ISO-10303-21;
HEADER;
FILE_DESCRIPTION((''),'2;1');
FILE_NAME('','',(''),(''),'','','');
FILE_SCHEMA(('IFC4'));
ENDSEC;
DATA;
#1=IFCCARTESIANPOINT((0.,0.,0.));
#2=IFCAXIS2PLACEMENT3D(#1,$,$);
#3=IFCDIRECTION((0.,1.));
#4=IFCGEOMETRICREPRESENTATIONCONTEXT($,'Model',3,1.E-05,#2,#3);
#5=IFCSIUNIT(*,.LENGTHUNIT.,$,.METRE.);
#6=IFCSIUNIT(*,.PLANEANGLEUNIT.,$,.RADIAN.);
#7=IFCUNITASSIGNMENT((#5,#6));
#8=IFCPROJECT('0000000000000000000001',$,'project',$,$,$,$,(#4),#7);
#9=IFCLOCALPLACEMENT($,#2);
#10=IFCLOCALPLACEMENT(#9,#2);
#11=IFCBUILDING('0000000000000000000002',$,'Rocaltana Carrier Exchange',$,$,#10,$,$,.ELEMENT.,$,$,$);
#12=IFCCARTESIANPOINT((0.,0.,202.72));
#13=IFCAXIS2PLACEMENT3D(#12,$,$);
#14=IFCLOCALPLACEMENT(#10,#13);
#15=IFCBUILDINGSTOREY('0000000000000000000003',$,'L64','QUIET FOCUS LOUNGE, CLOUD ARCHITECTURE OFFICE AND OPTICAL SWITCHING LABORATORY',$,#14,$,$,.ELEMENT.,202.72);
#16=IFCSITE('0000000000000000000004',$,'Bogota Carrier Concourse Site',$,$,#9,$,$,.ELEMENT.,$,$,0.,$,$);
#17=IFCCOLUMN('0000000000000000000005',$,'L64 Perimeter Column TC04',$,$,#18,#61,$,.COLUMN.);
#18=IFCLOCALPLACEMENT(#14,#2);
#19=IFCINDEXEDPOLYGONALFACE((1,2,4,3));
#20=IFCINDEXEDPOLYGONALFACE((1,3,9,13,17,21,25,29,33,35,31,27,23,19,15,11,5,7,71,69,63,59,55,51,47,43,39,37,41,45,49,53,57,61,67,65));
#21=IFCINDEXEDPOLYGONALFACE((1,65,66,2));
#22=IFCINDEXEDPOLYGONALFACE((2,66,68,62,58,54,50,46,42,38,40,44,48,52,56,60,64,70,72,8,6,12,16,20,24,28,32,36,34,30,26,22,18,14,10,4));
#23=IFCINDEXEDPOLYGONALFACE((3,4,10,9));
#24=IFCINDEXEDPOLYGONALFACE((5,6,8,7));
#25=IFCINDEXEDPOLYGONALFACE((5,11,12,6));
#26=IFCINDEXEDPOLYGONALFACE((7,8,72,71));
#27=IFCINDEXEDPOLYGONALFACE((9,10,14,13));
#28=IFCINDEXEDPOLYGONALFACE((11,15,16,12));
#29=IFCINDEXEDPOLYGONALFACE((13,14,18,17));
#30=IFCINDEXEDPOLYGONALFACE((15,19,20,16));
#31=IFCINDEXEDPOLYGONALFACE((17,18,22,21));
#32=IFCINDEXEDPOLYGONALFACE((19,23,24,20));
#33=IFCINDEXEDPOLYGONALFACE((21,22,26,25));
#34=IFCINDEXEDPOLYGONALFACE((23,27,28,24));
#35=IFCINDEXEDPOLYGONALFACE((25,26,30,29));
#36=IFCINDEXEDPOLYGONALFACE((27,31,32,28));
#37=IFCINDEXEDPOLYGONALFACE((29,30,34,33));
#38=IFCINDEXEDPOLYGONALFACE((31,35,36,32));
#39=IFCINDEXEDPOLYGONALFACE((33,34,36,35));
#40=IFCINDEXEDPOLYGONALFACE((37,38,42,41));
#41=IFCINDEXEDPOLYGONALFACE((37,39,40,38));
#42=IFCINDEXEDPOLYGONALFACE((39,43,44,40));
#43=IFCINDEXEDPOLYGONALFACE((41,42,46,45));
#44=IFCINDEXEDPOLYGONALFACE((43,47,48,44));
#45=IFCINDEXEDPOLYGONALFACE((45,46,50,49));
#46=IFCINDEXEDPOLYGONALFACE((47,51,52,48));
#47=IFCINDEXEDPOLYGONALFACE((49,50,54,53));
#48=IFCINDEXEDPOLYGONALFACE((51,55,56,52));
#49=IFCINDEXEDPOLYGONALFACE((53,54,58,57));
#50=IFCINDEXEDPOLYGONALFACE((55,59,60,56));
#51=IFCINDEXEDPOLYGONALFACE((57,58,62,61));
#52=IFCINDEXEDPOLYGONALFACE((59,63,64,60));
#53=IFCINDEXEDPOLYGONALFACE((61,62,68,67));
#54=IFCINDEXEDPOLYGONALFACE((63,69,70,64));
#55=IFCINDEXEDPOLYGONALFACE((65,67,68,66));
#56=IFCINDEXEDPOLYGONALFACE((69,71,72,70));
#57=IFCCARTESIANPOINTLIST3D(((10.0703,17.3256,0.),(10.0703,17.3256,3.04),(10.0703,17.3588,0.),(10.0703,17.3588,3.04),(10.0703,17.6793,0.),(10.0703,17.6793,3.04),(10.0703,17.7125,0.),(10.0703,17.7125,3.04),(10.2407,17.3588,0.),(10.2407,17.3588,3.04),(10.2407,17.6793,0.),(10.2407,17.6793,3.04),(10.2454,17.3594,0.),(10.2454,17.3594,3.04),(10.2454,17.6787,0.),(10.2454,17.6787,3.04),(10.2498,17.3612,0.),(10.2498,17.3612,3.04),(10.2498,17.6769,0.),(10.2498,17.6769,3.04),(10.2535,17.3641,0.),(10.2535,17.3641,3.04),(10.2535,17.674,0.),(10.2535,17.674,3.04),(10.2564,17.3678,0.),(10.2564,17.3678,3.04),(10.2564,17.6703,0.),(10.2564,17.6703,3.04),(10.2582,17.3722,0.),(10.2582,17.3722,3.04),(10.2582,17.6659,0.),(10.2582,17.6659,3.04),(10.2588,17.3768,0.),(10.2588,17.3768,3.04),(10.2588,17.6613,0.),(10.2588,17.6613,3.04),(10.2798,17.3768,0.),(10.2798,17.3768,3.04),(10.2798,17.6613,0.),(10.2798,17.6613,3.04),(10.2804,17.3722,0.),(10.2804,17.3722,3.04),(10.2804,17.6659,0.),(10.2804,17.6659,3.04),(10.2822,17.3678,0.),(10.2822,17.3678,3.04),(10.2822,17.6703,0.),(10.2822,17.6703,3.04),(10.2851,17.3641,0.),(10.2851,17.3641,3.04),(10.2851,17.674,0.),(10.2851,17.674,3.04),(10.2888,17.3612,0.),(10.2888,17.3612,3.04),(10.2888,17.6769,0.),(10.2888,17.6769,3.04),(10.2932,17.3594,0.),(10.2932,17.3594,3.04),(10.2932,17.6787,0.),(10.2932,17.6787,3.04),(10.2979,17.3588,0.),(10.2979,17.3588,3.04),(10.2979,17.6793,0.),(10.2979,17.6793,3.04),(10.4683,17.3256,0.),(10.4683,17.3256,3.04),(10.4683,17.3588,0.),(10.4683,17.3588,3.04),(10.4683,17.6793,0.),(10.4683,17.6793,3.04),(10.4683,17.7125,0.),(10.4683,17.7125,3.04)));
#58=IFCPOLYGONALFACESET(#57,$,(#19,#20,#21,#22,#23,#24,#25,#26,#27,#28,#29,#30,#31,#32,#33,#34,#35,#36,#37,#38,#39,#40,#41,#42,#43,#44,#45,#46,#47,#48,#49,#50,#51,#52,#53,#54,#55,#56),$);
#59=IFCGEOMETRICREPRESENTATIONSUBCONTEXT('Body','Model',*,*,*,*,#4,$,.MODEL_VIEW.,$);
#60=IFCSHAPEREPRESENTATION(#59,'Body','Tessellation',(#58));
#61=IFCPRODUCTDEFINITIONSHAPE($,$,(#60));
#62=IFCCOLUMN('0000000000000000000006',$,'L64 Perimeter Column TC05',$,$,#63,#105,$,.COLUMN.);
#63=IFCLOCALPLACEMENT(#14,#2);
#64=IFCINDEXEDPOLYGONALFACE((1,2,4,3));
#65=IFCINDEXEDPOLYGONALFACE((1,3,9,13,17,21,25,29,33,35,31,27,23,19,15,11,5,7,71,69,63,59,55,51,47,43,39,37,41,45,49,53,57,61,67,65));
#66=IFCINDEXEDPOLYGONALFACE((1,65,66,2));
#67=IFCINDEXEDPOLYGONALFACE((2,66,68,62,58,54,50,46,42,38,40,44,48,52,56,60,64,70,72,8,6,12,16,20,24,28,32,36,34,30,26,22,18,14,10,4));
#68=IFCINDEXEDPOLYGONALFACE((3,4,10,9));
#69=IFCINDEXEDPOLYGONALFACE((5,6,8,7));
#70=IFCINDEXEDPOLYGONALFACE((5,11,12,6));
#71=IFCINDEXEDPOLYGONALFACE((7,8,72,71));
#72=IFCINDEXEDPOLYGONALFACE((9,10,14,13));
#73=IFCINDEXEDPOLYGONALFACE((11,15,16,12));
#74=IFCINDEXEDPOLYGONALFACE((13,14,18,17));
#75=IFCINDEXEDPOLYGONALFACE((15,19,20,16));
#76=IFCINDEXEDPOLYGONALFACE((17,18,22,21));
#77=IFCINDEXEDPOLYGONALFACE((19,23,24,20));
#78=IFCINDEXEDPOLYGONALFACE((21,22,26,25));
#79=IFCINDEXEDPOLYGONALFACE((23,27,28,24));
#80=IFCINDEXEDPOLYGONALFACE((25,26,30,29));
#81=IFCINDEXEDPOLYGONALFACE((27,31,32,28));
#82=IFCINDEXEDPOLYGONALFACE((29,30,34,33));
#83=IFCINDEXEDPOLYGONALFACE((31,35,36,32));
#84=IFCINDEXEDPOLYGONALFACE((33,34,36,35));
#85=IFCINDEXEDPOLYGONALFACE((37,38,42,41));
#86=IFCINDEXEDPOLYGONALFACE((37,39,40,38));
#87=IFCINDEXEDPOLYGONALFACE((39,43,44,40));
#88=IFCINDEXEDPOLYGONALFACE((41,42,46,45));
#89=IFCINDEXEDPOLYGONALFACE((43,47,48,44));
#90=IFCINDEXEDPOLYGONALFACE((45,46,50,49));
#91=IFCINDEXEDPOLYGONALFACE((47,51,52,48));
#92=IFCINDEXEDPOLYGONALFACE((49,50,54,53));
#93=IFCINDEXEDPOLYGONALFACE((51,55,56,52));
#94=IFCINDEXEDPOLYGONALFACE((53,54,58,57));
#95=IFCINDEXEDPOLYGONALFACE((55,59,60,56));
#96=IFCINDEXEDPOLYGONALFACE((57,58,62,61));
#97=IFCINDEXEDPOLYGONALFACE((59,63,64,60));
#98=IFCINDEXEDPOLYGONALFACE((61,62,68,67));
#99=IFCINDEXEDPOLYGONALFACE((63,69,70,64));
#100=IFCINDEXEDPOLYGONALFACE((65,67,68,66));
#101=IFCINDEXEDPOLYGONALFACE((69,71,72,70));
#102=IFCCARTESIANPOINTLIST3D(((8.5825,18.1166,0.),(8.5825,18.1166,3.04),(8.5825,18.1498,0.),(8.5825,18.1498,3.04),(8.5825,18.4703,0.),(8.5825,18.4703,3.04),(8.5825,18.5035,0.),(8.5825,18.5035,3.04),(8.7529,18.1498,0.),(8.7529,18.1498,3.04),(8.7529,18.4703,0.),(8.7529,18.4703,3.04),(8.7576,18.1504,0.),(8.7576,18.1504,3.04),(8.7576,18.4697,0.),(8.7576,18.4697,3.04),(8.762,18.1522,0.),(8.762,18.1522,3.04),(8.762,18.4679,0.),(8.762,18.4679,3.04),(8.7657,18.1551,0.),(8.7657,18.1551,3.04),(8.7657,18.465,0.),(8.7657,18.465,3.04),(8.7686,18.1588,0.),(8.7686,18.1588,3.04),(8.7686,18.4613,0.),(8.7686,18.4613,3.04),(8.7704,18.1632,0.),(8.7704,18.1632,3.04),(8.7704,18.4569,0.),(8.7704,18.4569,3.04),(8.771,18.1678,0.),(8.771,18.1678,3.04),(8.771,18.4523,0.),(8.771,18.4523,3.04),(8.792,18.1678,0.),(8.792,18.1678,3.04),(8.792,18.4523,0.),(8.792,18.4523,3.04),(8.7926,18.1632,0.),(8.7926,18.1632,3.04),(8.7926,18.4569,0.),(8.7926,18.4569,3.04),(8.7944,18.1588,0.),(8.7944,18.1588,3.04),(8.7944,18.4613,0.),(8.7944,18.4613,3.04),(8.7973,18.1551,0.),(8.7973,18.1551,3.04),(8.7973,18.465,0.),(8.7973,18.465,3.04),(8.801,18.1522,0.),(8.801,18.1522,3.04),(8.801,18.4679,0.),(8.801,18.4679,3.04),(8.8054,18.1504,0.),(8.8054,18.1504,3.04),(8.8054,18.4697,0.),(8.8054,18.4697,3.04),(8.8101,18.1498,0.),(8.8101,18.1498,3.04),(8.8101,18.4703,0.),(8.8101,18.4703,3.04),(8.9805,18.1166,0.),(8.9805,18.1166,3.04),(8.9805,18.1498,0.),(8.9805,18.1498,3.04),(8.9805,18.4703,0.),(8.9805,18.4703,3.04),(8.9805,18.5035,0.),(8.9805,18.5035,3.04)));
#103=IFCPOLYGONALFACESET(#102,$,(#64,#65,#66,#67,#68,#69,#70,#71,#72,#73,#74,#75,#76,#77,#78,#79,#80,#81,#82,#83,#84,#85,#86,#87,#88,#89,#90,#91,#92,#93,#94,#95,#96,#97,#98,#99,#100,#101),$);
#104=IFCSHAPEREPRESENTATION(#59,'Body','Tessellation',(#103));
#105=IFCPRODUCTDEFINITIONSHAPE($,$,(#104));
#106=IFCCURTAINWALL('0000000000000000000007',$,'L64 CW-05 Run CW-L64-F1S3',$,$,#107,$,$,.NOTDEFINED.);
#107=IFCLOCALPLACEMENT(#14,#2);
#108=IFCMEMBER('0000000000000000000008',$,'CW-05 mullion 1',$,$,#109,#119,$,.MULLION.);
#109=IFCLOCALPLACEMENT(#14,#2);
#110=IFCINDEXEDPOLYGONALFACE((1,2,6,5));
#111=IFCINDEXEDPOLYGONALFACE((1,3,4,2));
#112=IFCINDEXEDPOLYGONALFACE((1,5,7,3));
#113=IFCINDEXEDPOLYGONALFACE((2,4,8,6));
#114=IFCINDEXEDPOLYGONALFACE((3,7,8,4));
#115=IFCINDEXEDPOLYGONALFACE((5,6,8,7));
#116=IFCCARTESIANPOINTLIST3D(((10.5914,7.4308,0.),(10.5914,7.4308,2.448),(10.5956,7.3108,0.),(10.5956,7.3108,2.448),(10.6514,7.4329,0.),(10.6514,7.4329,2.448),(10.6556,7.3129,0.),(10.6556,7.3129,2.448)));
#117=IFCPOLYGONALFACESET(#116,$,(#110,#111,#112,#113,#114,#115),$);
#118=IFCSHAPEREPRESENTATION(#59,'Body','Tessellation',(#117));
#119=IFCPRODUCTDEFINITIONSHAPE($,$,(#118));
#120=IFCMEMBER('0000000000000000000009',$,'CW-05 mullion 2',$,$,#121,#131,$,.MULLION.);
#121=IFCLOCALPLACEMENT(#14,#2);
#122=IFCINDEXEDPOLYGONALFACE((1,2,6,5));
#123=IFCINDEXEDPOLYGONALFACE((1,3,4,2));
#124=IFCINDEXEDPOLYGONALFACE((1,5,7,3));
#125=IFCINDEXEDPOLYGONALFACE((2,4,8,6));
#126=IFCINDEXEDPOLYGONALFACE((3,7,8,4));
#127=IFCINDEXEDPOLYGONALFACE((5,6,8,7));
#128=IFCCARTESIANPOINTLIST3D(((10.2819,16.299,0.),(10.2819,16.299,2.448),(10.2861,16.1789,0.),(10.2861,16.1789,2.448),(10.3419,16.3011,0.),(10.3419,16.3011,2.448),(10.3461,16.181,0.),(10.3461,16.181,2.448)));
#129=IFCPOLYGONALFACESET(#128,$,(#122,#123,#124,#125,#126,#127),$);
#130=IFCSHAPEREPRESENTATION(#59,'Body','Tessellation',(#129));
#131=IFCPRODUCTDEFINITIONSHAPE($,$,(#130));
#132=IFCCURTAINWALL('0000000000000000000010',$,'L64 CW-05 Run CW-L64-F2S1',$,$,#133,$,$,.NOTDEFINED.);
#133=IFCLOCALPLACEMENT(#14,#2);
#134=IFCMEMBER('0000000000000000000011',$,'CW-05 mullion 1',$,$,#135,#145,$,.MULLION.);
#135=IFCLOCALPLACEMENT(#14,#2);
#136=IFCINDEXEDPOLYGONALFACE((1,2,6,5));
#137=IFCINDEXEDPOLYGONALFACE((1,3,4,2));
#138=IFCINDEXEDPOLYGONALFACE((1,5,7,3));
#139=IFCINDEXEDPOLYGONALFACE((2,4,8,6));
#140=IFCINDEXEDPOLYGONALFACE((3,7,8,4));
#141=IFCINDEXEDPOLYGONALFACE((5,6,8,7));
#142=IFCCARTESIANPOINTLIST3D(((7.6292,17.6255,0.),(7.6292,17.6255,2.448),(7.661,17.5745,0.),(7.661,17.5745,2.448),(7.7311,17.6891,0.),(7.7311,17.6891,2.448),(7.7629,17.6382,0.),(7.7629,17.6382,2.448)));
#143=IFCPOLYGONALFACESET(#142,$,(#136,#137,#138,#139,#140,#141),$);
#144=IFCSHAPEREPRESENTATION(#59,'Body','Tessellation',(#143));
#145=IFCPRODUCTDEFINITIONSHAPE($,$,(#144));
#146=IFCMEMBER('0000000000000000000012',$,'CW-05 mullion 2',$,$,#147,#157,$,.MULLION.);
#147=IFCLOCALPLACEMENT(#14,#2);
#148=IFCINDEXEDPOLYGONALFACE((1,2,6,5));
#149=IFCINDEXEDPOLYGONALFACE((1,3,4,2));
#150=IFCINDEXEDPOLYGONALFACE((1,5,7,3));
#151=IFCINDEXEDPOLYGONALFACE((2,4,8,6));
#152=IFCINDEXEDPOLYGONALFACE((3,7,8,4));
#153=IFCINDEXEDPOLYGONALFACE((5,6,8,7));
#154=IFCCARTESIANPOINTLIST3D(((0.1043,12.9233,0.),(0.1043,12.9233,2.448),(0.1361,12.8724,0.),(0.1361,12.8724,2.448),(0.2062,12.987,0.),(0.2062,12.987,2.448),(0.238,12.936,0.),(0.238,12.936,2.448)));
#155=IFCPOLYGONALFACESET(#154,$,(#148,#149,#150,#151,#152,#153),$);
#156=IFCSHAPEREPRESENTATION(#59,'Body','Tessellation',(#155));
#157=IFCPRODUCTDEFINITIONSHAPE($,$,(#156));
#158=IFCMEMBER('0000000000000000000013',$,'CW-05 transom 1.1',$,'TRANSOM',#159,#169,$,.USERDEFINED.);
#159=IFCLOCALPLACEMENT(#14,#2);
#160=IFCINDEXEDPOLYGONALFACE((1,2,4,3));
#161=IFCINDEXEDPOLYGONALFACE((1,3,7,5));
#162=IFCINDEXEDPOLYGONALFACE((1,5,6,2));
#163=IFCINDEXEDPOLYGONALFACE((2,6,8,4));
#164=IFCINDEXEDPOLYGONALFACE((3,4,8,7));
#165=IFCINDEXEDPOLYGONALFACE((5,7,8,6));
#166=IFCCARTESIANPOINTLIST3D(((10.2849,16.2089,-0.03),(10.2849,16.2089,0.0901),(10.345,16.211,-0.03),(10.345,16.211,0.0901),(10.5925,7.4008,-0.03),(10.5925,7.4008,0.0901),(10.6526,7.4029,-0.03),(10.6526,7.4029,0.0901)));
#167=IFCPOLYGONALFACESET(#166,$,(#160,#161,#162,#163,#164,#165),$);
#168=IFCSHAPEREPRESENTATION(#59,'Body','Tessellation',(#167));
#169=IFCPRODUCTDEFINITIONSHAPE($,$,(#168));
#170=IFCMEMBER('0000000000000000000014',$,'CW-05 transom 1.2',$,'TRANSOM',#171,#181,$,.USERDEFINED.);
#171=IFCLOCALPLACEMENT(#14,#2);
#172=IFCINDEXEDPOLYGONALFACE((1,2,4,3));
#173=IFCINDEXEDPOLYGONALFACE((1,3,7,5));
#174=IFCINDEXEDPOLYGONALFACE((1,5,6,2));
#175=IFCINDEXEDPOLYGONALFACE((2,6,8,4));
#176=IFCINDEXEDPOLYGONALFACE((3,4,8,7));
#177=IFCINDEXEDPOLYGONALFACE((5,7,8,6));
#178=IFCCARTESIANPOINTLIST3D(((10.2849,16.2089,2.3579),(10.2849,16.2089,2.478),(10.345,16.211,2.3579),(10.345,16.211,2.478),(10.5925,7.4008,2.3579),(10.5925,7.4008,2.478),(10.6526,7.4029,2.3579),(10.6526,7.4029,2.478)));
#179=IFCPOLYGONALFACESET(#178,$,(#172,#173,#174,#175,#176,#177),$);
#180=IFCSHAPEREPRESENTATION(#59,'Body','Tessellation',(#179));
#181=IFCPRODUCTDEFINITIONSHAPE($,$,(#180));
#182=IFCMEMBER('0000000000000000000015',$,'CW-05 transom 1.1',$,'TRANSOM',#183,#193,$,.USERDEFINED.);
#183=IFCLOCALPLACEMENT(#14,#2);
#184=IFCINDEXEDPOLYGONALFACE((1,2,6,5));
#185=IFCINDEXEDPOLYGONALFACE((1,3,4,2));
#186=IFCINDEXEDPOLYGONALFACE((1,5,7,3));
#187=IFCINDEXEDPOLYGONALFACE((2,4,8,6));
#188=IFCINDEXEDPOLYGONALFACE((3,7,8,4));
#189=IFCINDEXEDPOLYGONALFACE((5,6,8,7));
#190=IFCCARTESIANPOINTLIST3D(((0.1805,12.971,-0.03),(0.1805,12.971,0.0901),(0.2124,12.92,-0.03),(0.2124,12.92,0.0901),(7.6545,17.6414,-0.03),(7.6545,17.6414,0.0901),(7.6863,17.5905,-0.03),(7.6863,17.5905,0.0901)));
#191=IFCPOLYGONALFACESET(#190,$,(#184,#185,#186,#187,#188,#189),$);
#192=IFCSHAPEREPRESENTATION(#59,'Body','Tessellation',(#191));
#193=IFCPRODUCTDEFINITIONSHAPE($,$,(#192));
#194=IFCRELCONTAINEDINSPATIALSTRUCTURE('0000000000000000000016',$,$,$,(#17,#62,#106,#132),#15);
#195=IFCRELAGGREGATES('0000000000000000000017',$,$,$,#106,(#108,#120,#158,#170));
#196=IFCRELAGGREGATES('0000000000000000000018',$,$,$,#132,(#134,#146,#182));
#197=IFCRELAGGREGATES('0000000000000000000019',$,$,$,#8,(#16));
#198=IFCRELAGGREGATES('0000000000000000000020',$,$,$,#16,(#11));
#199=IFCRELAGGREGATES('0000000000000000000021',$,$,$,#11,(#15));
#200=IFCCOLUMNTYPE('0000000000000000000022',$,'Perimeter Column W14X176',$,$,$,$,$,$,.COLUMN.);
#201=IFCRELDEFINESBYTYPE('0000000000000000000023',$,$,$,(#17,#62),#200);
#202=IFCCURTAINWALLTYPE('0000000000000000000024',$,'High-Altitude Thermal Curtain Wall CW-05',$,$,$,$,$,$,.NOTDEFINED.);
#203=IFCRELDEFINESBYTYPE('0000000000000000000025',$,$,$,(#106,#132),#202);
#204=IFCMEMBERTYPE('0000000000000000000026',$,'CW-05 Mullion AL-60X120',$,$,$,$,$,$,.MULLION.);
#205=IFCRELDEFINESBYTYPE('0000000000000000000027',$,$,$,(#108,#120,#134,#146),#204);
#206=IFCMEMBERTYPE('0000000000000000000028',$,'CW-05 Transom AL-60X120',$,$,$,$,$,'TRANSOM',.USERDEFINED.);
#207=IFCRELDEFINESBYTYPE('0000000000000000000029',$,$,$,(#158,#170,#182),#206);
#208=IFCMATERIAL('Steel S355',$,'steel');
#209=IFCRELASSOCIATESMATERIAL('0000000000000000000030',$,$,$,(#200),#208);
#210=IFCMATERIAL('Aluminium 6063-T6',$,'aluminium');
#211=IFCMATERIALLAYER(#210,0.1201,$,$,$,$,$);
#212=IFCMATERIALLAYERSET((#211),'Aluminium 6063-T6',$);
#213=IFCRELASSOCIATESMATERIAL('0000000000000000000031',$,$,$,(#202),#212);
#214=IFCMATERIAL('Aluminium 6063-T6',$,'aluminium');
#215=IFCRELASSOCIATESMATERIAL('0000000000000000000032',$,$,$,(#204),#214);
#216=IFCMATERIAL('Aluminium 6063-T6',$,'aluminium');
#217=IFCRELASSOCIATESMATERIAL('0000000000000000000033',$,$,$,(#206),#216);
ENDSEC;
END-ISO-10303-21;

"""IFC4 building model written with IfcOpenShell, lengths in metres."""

from ifc_helpers import new_model, si_unit, direction, frame, origin, origin_2d, place, context, subcontext, project, spatial, rectangle, i_section, extrude, material, layer, layer_set, material_profile, profile_set, type_object, element, aggregate, save


model = new_model("IFC4")

# Units and contexts
model_context = context("Model", 3, precision=1e-05, world=origin(), true_north=direction((0.0, 1.0)))
body_context = subcontext(model_context, "Body", "Model", "MODEL_VIEW")
ifc_project = project(units=[si_unit("LENGTHUNIT", "METRE"), si_unit("PLANEANGLEUNIT", "RADIAN")], contexts=[model_context])

# Site, building, storey
site_placement = place(None, origin())
site = spatial("IfcSite", under=ifc_project, at=site_placement, Name="Bogota Carrier Concourse Site", CompositionType="ELEMENT", RefElevation=0.0)
building_placement = place(site_placement, origin())
building = spatial("IfcBuilding", under=site, at=building_placement, Name="Rocaltana Carrier Exchange", CompositionType="ELEMENT")
storey_placement = place(building_placement, frame((0.0, 0.0, 202.72)))
storey = spatial("IfcBuildingStorey", under=building, at=storey_placement, Name="L64", Description="QUIET FOCUS LOUNGE, CLOUD ARCHITECTURE OFFICE AND OPTICAL SWITCHING LABORATORY", CompositionType="ELEMENT", Elevation=202.72)

# Columns
ifc_material_1 = material(Name="Steel S355", Category="steel")
ifc_material_profile_1 = material_profile(ifc_material_1, i_section(OverallWidth=0.3979, OverallDepth=0.387, WebThickness=0.021, FlangeThickness=0.0332, FilletRadius=0.0181, at=origin_2d()), Name="W14X176")
ifc_profile_set_1 = profile_set([ifc_material_profile_1], Name="Steel S355")
column_type = type_object("IfcColumnType", Name="Perimeter Column W14X176", PredefinedType="COLUMN", material=ifc_profile_set_1)
for number, where, z_axis, x_axis, name in (
    (1, (10.2693, 17.519, 0.0), (0.0, 0.0, 1.0), (1.0, 0.0, 0.0), "L64 Perimeter Column TC04"),
    (2, (8.7815, 18.3101, 0.0), (0.0, 0.0, 1.0), (1.0, 0.0, 0.0), "L64 Perimeter Column TC05"),
):
    element("IfcColumn", number, at=place(storey_placement, frame(where, z_axis=z_axis, x_axis=x_axis)), inside=storey, type_object=column_type, Name=name, PredefinedType="COLUMN", context=body_context, shape_type="SweptSolid", body=[
        extrude(i_section(OverallWidth=0.3979, OverallDepth=0.387, WebThickness=0.021, FlangeThickness=0.0332, FilletRadius=0.0181, at=origin_2d()), origin(), (0.0, 0.0, 1.0), 3.04),
    ])

# Curtain walls, members
ifc_material_2 = material(Name="Aluminium 6063-T6", Category="aluminium")
ifc_layer_1 = layer(ifc_material_2, 0.1201)
ifc_layer_set_1 = layer_set([ifc_layer_1], Name="Aluminium 6063-T6")
curtain_wall_type = type_object("IfcCurtainWallType", Name="High-Altitude Thermal Curtain Wall CW-05", PredefinedType="NOTDEFINED", material=ifc_layer_set_1)
curtain_wall_1_placement = place(storey_placement, origin())
curtain_wall_1 = element("IfcCurtainWall", 3, at=curtain_wall_1_placement, inside=storey, type_object=curtain_wall_type, Name="L64 CW-05 Run CW-L64-F1S3", PredefinedType="NOTDEFINED")
ifc_material_3 = material(Name="Aluminium 6063-T6", Category="aluminium")
ifc_material_profile_2 = material_profile(ifc_material_3, rectangle(XDim=0.0601, YDim=0.1201, at=origin_2d()), Name="AL-60X120")
ifc_profile_set_2 = profile_set([ifc_material_profile_2], Name="Aluminium 6063-T6")
member_type_1 = type_object("IfcMemberType", Name="CW-05 Mullion AL-60X120", PredefinedType="MULLION", material=ifc_profile_set_2)
member_1_placement = place(storey_placement, frame((10.6235, 7.3718, 0.0), z_axis=(0.0, 0.0, 1.0), x_axis=(-0.999391, -0.034903, 0.0)))
member_1 = element("IfcMember", 4, at=member_1_placement, type_object=member_type_1, Name="CW-05 mullion 1", PredefinedType="MULLION", context=body_context, shape_type="SweptSolid", body=[
    extrude(rectangle(XDim=0.0601, YDim=0.1201, at=origin_2d()), origin(), (0.0, 0.0, 1.0), 2.448),
])
member_2_placement = place(storey_placement, frame((10.314, 16.24, 0.0), z_axis=(0.0, 0.0, 1.0), x_axis=(-0.999391, -0.034903, 0.0)))
member_2 = element("IfcMember", 5, at=member_2_placement, type_object=member_type_1, Name="CW-05 mullion 2", PredefinedType="MULLION", context=body_context, shape_type="SweptSolid", body=[
    extrude(rectangle(XDim=0.0601, YDim=0.1201, at=origin_2d()), origin(), (0.0, 0.0, 1.0), 2.448),
])
curtain_wall_2_placement = place(storey_placement, origin())
curtain_wall_2 = element("IfcCurtainWall", 6, at=curtain_wall_2_placement, inside=storey, type_object=curtain_wall_type, Name="L64 CW-05 Run CW-L64-F2S1", PredefinedType="NOTDEFINED")
member_3_placement = place(storey_placement, frame((7.696, 17.6318, 0.0), z_axis=(0.0, 0.0, 1.0), x_axis=(0.529929, -0.848042, 0.0)))
member_3 = element("IfcMember", 7, at=member_3_placement, type_object=member_type_1, Name="CW-05 mullion 1", PredefinedType="MULLION", context=body_context, shape_type="SweptSolid", body=[
    extrude(rectangle(XDim=0.0601, YDim=0.1201, at=origin_2d()), origin(), (0.0, 0.0, 1.0), 2.448),
])
member_4_placement = place(storey_placement, frame((0.1711, 12.9297, 0.0), z_axis=(0.0, 0.0, 1.0), x_axis=(0.529929, -0.848042, 0.0)))
member_4 = element("IfcMember", 8, at=member_4_placement, type_object=member_type_1, Name="CW-05 mullion 2", PredefinedType="MULLION", context=body_context, shape_type="SweptSolid", body=[
    extrude(rectangle(XDim=0.0601, YDim=0.1201, at=origin_2d()), origin(), (0.0, 0.0, 1.0), 2.448),
])

# Members
ifc_material_4 = material(Name="Aluminium 6063-T6", Category="aluminium")
ifc_material_profile_3 = material_profile(ifc_material_4, rectangle(XDim=0.0601, YDim=0.1201, at=origin_2d()), Name="AL-60X120")
ifc_profile_set_3 = profile_set([ifc_material_profile_3], Name="Aluminium 6063-T6")
member_type_2 = type_object("IfcMemberType", Name="CW-05 Transom AL-60X120", ElementType="TRANSOM", PredefinedType="USERDEFINED", material=ifc_profile_set_3)
member_5_placement = place(storey_placement, frame((10.6226, 7.4019, 0.03), z_axis=(-0.034903, 0.999391, 0.0), x_axis=(-0.999391, -0.034903, 0.0)))
member_5 = element("IfcMember", 9, at=member_5_placement, type_object=member_type_2, Name="CW-05 transom 1.1", ObjectType="TRANSOM", PredefinedType="USERDEFINED", context=body_context, shape_type="SweptSolid", body=[
    extrude(rectangle(XDim=0.0601, YDim=0.1201, at=origin_2d()), origin(), (0.0, 0.0, 1.0), 8.8135),
])
member_6_placement = place(storey_placement, frame((10.6226, 7.4019, 2.418), z_axis=(-0.034903, 0.999391, 0.0), x_axis=(-0.999391, -0.034903, 0.0)))
member_6 = element("IfcMember", 10, at=member_6_placement, type_object=member_type_2, Name="CW-05 transom 1.2", ObjectType="TRANSOM", PredefinedType="USERDEFINED", context=body_context, shape_type="SweptSolid", body=[
    extrude(rectangle(XDim=0.0601, YDim=0.1201, at=origin_2d()), origin(), (0.0, 0.0, 1.0), 8.8135),
])
member_7_placement = place(storey_placement, frame((7.6704, 17.616, 0.03), z_axis=(-0.848037, -0.529937, 0.0), x_axis=(0.529937, -0.848037, 0.0)))
member_7 = element("IfcMember", 11, at=member_7_placement, type_object=member_type_2, Name="CW-05 transom 1.1", ObjectType="TRANSOM", PredefinedType="USERDEFINED", context=body_context, shape_type="SweptSolid", body=[
    extrude(rectangle(XDim=0.0601, YDim=0.1201, at=origin_2d()), origin(), (0.0, 0.0, 1.0), 8.8132),
])

aggregate(curtain_wall_1, [member_1, member_2, member_5, member_6])
aggregate(curtain_wall_2, [member_3, member_4, member_7])

save(model, "model.ifc")
